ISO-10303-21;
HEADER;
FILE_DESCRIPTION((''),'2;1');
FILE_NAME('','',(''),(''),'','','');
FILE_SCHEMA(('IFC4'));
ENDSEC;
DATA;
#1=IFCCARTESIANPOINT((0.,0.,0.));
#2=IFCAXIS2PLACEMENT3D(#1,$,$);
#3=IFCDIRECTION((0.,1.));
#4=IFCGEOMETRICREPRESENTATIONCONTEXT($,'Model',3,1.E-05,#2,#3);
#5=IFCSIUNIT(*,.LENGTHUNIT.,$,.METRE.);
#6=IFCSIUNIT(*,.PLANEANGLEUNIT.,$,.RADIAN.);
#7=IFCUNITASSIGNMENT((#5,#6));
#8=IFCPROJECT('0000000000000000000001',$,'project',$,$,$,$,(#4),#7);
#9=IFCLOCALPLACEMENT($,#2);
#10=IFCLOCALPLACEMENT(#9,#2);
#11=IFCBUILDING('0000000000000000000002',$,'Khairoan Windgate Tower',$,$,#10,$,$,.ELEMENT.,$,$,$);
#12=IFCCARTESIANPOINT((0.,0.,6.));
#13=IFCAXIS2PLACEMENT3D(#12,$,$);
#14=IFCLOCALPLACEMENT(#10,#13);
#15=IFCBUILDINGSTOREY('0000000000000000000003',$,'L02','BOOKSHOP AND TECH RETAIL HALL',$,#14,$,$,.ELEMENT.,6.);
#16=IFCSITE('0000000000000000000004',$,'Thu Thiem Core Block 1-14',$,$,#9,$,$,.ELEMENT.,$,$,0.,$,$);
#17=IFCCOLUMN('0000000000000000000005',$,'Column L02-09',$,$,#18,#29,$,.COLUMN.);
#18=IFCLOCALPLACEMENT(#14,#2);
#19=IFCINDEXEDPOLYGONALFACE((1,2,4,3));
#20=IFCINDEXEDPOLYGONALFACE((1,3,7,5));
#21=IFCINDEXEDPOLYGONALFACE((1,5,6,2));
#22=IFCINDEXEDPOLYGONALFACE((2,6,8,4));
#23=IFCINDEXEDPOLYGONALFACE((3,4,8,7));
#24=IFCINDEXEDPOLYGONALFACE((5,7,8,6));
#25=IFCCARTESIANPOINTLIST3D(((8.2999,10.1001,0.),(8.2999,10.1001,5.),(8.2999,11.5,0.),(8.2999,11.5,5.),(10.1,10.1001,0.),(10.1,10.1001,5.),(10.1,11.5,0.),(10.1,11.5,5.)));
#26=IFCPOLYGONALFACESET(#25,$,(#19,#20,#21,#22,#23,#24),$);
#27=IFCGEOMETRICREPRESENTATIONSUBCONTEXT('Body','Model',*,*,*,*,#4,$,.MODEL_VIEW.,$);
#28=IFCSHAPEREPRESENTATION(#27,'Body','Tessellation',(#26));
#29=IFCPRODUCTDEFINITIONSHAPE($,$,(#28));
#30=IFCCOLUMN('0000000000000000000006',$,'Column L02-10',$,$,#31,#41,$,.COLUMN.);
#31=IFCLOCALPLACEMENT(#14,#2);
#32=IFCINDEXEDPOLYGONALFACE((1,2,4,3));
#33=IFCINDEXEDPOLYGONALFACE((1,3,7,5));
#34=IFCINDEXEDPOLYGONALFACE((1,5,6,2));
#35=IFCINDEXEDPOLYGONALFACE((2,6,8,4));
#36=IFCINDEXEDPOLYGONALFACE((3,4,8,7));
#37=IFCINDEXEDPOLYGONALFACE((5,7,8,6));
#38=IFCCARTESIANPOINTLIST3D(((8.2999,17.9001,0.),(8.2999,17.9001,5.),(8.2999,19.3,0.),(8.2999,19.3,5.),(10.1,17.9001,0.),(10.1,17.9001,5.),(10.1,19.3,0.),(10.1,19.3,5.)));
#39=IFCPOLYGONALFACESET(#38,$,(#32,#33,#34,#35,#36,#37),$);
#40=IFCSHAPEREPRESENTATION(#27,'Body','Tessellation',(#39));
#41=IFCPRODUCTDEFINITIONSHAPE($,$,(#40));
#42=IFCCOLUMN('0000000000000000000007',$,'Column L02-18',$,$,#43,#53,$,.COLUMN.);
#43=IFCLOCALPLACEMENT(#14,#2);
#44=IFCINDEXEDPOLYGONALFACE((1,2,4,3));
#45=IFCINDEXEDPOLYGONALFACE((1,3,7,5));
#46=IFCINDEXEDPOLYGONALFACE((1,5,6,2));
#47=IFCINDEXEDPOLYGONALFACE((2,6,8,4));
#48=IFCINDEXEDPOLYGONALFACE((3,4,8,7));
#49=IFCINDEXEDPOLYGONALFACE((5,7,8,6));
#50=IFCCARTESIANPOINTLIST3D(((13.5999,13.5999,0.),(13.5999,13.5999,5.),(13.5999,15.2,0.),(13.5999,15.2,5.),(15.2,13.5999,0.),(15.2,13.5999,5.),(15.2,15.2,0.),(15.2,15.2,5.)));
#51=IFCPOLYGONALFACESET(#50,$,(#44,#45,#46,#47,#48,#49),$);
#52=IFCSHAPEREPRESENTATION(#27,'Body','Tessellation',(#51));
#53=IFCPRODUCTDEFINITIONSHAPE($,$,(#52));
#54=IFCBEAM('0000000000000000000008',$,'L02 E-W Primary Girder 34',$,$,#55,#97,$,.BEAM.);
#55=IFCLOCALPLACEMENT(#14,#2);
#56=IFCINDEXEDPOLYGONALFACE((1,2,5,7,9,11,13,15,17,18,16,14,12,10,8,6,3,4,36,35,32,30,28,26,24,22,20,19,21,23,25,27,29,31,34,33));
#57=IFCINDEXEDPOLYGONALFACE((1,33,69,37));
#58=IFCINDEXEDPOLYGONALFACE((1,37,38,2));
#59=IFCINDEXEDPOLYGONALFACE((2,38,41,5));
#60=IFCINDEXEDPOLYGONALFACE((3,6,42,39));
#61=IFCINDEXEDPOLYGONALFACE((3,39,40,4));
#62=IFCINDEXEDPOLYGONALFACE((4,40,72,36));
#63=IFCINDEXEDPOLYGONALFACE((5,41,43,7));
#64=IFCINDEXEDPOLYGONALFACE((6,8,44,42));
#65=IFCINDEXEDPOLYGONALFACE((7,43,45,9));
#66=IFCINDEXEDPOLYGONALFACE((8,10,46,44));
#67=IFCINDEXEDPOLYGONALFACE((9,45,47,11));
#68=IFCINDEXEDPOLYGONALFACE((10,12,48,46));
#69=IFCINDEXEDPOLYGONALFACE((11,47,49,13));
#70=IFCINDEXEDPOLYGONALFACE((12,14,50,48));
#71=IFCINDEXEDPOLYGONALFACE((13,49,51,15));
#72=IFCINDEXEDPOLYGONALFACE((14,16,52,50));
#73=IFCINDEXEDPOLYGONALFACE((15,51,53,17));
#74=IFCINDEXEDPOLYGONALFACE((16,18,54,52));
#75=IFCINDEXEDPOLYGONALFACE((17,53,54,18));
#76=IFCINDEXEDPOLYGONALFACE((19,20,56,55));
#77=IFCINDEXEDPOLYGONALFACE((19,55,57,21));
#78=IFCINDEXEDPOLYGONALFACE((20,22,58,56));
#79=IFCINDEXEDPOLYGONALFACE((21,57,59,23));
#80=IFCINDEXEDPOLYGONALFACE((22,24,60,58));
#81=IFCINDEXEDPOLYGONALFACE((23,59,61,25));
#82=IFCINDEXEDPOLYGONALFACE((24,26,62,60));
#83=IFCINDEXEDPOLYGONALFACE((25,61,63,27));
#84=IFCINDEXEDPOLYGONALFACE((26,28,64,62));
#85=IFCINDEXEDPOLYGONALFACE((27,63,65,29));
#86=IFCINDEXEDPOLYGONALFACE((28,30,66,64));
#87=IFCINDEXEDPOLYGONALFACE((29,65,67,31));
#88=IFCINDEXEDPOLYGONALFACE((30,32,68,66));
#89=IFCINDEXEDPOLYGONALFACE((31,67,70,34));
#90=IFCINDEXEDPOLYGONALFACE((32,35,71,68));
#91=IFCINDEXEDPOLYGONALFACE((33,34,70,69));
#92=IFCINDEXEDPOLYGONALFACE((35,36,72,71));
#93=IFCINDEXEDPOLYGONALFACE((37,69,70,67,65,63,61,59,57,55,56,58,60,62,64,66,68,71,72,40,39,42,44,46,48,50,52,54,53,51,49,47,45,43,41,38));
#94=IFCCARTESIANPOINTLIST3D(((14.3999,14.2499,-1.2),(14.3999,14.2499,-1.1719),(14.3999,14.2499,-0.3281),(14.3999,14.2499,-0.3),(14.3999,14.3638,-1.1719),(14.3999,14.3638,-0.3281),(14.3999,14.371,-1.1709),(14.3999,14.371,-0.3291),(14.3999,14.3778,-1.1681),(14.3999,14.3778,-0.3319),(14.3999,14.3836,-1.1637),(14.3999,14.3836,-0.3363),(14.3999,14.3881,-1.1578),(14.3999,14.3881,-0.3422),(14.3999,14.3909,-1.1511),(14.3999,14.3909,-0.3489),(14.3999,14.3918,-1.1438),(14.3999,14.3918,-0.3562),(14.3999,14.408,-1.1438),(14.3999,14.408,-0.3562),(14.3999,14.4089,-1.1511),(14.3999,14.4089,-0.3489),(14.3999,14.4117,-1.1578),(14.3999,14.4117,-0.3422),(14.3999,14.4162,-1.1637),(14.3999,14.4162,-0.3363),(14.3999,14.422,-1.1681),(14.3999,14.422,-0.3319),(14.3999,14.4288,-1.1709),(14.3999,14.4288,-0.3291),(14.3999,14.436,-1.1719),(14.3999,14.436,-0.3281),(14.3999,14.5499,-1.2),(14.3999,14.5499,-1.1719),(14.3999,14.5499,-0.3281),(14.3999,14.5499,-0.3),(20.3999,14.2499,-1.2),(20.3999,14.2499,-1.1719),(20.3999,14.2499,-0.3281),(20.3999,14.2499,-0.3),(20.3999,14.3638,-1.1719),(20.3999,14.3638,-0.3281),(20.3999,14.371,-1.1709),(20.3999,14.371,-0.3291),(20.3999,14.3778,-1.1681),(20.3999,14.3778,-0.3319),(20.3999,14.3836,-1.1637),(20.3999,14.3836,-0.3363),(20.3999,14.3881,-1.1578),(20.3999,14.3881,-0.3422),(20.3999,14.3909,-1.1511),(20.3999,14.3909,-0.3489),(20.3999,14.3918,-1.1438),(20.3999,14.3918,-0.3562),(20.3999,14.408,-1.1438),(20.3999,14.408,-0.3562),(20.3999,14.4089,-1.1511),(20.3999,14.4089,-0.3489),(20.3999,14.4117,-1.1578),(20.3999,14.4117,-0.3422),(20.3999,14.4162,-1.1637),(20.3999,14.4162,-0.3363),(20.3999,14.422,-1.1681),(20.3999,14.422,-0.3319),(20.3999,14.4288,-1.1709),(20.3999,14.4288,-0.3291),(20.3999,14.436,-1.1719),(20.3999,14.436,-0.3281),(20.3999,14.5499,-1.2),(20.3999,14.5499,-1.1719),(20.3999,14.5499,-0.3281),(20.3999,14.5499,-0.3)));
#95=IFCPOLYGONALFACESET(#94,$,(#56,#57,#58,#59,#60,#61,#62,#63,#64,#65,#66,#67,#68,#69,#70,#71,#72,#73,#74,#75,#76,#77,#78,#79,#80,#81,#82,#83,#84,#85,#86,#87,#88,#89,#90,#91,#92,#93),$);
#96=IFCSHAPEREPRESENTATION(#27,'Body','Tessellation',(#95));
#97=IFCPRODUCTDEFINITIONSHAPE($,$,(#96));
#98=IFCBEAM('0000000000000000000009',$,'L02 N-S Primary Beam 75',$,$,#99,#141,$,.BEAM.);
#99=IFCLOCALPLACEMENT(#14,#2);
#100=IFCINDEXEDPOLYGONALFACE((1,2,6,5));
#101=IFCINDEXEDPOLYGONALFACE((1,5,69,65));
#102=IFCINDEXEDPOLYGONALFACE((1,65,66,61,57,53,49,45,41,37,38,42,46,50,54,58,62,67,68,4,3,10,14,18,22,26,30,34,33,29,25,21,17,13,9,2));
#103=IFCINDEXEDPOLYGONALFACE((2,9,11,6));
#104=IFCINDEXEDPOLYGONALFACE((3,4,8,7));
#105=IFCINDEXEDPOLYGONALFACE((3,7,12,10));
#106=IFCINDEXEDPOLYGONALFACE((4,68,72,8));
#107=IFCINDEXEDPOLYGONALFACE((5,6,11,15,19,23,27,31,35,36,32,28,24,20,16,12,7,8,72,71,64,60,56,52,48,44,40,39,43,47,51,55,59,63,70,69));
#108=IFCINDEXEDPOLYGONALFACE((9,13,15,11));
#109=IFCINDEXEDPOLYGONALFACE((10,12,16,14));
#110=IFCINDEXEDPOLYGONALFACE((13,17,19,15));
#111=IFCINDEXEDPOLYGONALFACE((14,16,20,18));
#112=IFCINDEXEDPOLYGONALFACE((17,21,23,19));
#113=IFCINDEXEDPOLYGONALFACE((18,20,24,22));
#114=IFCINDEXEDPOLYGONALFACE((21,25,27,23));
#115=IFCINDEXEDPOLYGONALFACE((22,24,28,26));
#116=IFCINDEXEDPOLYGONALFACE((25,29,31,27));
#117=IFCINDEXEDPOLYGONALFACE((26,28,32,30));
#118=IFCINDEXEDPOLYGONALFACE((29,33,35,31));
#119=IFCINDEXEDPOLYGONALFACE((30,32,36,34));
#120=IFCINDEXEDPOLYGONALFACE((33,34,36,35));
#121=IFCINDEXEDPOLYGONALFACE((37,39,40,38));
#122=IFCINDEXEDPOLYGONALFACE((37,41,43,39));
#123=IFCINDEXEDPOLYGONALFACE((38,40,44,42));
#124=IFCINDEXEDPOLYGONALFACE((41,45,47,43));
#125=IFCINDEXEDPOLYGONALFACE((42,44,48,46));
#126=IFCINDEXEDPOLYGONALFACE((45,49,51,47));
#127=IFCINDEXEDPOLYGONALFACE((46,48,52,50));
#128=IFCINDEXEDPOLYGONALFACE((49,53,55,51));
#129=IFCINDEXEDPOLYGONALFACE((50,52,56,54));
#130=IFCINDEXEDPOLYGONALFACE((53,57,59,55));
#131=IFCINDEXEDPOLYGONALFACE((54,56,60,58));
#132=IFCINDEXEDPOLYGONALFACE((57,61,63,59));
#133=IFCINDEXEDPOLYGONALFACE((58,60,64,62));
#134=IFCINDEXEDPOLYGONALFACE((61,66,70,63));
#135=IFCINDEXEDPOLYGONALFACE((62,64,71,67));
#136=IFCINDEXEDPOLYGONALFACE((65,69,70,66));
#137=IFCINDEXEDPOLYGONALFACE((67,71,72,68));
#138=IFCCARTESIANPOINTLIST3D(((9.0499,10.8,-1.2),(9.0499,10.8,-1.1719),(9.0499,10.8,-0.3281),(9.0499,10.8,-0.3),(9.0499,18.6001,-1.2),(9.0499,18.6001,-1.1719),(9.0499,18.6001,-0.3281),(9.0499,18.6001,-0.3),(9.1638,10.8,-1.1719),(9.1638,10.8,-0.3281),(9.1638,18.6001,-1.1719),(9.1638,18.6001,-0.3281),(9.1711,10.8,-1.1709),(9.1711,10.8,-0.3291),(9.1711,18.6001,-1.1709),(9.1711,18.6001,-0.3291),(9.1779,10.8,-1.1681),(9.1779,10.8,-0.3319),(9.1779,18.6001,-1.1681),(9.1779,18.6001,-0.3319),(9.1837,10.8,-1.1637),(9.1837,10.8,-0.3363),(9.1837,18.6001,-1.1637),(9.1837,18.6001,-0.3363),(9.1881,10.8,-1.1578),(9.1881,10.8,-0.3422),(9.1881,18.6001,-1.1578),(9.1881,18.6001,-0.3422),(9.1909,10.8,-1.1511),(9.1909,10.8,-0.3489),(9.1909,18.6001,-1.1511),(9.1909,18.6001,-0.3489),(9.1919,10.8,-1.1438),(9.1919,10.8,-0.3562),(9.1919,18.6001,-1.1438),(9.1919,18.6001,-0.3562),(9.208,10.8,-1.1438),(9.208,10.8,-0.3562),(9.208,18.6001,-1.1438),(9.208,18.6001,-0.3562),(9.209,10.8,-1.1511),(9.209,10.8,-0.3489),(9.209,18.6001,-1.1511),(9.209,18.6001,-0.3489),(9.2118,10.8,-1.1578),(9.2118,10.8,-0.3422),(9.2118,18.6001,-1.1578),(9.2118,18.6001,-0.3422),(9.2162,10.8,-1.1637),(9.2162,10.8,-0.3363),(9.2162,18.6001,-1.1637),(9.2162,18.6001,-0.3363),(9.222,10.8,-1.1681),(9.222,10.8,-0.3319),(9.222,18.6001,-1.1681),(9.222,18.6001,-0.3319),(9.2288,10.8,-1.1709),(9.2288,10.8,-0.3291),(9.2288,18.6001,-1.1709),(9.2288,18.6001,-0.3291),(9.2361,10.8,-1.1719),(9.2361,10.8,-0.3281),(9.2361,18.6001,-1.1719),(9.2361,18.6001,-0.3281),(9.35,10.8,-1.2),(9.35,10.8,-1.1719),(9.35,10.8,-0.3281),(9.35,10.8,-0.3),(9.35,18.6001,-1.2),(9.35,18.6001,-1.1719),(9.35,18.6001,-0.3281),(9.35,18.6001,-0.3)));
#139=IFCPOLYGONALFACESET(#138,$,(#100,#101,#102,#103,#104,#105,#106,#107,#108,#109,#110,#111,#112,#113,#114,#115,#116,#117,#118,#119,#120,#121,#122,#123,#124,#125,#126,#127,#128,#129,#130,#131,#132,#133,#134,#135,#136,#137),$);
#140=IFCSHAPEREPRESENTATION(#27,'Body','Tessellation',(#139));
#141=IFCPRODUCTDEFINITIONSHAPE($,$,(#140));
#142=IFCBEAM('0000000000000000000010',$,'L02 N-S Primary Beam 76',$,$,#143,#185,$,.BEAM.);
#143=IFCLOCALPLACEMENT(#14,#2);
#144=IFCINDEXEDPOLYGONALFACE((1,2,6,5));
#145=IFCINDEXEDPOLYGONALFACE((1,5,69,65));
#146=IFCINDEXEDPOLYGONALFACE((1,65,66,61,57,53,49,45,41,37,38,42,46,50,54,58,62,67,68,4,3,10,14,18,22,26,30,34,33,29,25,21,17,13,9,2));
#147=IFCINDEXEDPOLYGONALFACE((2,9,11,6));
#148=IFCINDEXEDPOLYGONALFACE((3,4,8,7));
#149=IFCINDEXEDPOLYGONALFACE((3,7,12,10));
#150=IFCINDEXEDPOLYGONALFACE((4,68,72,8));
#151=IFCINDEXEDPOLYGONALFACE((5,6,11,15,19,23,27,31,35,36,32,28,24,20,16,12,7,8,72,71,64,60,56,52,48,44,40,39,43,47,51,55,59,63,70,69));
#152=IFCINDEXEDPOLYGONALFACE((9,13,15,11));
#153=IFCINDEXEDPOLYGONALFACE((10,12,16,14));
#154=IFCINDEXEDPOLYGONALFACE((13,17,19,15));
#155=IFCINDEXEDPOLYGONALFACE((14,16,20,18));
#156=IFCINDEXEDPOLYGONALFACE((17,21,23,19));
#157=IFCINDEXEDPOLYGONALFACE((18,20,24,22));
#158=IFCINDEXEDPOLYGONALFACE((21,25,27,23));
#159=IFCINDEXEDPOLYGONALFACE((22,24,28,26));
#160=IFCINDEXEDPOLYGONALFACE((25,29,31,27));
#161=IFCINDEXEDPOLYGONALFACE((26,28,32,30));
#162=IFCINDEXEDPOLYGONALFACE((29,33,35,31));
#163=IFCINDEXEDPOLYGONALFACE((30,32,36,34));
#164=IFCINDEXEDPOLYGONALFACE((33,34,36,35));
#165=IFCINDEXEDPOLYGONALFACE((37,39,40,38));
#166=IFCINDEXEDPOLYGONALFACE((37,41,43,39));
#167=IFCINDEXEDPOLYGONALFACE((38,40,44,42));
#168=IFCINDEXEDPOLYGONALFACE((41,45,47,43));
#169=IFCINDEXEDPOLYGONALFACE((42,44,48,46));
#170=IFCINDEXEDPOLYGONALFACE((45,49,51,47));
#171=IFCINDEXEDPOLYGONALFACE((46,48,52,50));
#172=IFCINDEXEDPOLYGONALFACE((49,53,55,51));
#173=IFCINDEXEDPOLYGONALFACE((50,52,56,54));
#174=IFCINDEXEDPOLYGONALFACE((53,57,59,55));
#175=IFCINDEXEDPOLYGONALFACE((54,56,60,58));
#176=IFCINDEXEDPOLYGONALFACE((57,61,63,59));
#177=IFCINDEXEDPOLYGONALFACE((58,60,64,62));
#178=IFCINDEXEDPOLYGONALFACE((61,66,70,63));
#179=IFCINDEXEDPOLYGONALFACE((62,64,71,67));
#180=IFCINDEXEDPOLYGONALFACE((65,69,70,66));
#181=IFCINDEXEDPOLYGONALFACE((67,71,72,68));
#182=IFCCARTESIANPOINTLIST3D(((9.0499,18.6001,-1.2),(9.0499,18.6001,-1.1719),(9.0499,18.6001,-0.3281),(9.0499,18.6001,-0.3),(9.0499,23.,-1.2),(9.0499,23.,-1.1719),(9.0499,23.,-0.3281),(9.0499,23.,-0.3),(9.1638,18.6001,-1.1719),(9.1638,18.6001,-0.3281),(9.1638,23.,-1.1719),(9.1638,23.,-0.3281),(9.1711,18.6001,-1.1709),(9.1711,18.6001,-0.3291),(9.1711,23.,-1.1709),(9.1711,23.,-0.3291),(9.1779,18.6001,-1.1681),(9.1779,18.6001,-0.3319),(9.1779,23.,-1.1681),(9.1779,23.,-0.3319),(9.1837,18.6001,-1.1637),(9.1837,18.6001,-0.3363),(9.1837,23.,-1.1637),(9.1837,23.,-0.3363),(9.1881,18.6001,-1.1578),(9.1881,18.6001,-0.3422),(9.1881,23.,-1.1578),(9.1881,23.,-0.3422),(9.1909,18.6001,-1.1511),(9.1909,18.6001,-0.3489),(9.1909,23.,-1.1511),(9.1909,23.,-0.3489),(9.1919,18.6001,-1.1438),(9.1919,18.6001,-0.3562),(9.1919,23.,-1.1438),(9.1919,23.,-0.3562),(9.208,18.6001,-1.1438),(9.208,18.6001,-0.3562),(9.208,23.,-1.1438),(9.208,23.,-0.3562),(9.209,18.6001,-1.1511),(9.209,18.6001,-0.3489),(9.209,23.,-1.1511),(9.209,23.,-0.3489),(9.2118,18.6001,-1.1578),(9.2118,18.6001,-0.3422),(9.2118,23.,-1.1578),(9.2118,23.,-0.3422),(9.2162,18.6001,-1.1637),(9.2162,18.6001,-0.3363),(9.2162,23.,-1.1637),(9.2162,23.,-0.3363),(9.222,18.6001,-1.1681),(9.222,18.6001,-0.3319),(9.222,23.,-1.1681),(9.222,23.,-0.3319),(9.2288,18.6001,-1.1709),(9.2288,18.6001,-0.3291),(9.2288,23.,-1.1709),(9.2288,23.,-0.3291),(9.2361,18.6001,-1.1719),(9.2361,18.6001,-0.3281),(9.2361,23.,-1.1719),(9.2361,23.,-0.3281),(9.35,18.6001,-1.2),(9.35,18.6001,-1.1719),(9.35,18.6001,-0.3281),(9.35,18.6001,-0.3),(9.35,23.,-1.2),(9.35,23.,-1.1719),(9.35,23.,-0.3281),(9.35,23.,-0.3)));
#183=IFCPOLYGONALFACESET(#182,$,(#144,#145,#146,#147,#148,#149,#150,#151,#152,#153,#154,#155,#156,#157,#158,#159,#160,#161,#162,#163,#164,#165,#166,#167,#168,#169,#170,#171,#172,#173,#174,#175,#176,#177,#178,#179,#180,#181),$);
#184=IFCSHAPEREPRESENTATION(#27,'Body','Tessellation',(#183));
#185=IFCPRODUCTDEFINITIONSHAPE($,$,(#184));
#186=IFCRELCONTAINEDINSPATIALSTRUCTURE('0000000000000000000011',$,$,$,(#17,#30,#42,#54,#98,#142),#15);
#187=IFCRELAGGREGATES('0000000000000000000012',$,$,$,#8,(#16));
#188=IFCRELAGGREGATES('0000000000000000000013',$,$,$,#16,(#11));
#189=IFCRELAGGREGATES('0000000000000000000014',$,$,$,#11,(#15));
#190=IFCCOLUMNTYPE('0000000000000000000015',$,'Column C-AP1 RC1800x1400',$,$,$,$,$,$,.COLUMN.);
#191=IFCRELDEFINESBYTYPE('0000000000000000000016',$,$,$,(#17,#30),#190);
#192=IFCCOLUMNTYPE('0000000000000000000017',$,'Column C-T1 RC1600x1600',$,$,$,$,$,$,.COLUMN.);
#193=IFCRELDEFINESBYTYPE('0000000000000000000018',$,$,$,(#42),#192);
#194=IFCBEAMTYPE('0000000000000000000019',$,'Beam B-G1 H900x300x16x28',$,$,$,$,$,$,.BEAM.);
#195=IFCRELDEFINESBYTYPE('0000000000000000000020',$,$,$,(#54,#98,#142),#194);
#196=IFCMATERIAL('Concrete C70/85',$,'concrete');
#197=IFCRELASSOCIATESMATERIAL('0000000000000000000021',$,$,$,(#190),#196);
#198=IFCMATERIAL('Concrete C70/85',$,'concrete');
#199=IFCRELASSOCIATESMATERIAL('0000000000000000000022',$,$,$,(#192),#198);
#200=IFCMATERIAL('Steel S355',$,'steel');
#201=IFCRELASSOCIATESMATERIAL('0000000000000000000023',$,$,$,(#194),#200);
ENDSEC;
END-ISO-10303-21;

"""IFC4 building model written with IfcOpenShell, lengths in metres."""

from ifc_helpers import new_model, si_unit, direction, frame, origin, origin_2d, place, context, subcontext, project, spatial, rectangle, i_section, extrude, material, material_profile, profile_set, type_object, element, save


model = new_model("IFC4")

# Units and contexts
model_context = context("Model", 3, precision=1e-05, world=origin(), true_north=direction((0.0, 1.0)))
body_context = subcontext(model_context, "Body", "Model", "MODEL_VIEW")
ifc_project = project(units=[si_unit("LENGTHUNIT", "METRE"), si_unit("PLANEANGLEUNIT", "RADIAN")], contexts=[model_context])

# Site, building, storey
site_placement = place(None, origin())
site = spatial("IfcSite", under=ifc_project, at=site_placement, Name="Thu Thiem Core Block 1-14", CompositionType="ELEMENT", RefElevation=0.0)
building_placement = place(site_placement, origin())
building = spatial("IfcBuilding", under=site, at=building_placement, Name="Khairoan Windgate Tower", CompositionType="ELEMENT")
storey_placement = place(building_placement, frame((0.0, 0.0, 6.0)))
storey = spatial("IfcBuildingStorey", under=building, at=storey_placement, Name="L02", Description="BOOKSHOP AND TECH RETAIL HALL", CompositionType="ELEMENT", Elevation=6.0)

# Columns
ifc_material_1 = material(Name="Concrete C70/85", Category="concrete")
ifc_material_profile_1 = material_profile(ifc_material_1, rectangle(XDim=1.8, YDim=1.3999, at=origin_2d()))
ifc_profile_set_1 = profile_set([ifc_material_profile_1], Name="Concrete C70/85")
column_type_1 = type_object("IfcColumnType", Name="Column C-AP1 RC1800x1400", PredefinedType="COLUMN", material=ifc_profile_set_1)
for number, where, z_axis, x_axis, name in (
    (1, (9.2, 10.8, 0.0), (0.0, 0.0, 1.0), (1.0, 0.0, 0.0), "Column L02-09"),
    (2, (9.2, 18.6001, 0.0), (0.0, 0.0, 1.0), (1.0, 0.0, 0.0), "Column L02-10"),
):
    element("IfcColumn", number, at=place(storey_placement, frame(where, z_axis=z_axis, x_axis=x_axis)), inside=storey, type_object=column_type_1, Name=name, PredefinedType="COLUMN", context=body_context, shape_type="SweptSolid", body=[
        extrude(rectangle(XDim=1.8, YDim=1.3999, at=origin_2d()), origin(), (0.0, 0.0, 1.0), 5.0),
    ])
ifc_material_2 = material(Name="Concrete C70/85", Category="concrete")
ifc_material_profile_2 = material_profile(ifc_material_2, rectangle(XDim=1.6001, YDim=1.6001, at=origin_2d()))
ifc_profile_set_2 = profile_set([ifc_material_profile_2], Name="Concrete C70/85")
column_type_2 = type_object("IfcColumnType", Name="Column C-T1 RC1600x1600", PredefinedType="COLUMN", material=ifc_profile_set_2)
column_placement = place(storey_placement, frame((14.3999, 14.3999, 0.0), z_axis=(0.0, 0.0, 1.0), x_axis=(1.0, 0.0, 0.0)))
element("IfcColumn", 3, at=column_placement, inside=storey, type_object=column_type_2, Name="Column L02-18", PredefinedType="COLUMN", context=body_context, shape_type="SweptSolid", body=[
    extrude(rectangle(XDim=1.6001, YDim=1.6001, at=origin_2d()), origin(), (0.0, 0.0, 1.0), 5.0),
])

# Beams
ifc_material_3 = material(Name="Steel S355", Category="steel")
ifc_material_profile_3 = material_profile(ifc_material_3, i_section(OverallWidth=0.3, OverallDepth=0.8999, WebThickness=0.0161, FlangeThickness=0.0281, FilletRadius=0.0281, at=origin_2d()))
ifc_profile_set_3 = profile_set([ifc_material_profile_3], Name="Steel S355")
beam_type_1 = type_object("IfcBeamType", Name="Beam B-G1 H900x300x16x28", PredefinedType="BEAM", material=ifc_profile_set_3)
beam_1_placement = place(storey_placement, frame((14.3999, 14.3999, -0.75), z_axis=(1.0, 0.0, 0.0), x_axis=(0.0, 1.0, 0.0)))
element("IfcBeam", 4, at=beam_1_placement, inside=storey, type_object=beam_type_1, Name="L02 E-W Primary Girder 34", PredefinedType="BEAM", context=body_context, shape_type="SweptSolid", body=[
    extrude(i_section(OverallWidth=0.3, OverallDepth=0.8999, WebThickness=0.0161, FlangeThickness=0.0281, FilletRadius=0.0281, at=origin_2d()), origin(), (0.0, 0.0, 1.0), 6.0),
])
beam_2_placement = place(storey_placement, frame((9.2, 10.8, -0.75), z_axis=(0.0, 1.0, 0.0), x_axis=(-1.0, 0.0, 0.0)))
element("IfcBeam", 5, at=beam_2_placement, inside=storey, type_object=beam_type_1, Name="L02 N-S Primary Beam 75", PredefinedType="BEAM", context=body_context, shape_type="SweptSolid", body=[
    extrude(i_section(OverallWidth=0.3, OverallDepth=0.8999, WebThickness=0.0161, FlangeThickness=0.0281, FilletRadius=0.0281, at=origin_2d()), origin(), (0.0, 0.0, 1.0), 7.8),
])
beam_3_placement = place(storey_placement, frame((9.2, 18.6001, -0.75), z_axis=(0.0, 1.0, 0.0), x_axis=(-1.0, 0.0, 0.0)))
element("IfcBeam", 6, at=beam_3_placement, inside=storey, type_object=beam_type_1, Name="L02 N-S Primary Beam 76", PredefinedType="BEAM", context=body_context, shape_type="SweptSolid", body=[
    extrude(i_section(OverallWidth=0.3, OverallDepth=0.8999, WebThickness=0.0161, FlangeThickness=0.0281, FilletRadius=0.0281, at=origin_2d()), origin(), (0.0, 0.0, 1.0), 4.3999),
])

save(model, "model.ifc")
